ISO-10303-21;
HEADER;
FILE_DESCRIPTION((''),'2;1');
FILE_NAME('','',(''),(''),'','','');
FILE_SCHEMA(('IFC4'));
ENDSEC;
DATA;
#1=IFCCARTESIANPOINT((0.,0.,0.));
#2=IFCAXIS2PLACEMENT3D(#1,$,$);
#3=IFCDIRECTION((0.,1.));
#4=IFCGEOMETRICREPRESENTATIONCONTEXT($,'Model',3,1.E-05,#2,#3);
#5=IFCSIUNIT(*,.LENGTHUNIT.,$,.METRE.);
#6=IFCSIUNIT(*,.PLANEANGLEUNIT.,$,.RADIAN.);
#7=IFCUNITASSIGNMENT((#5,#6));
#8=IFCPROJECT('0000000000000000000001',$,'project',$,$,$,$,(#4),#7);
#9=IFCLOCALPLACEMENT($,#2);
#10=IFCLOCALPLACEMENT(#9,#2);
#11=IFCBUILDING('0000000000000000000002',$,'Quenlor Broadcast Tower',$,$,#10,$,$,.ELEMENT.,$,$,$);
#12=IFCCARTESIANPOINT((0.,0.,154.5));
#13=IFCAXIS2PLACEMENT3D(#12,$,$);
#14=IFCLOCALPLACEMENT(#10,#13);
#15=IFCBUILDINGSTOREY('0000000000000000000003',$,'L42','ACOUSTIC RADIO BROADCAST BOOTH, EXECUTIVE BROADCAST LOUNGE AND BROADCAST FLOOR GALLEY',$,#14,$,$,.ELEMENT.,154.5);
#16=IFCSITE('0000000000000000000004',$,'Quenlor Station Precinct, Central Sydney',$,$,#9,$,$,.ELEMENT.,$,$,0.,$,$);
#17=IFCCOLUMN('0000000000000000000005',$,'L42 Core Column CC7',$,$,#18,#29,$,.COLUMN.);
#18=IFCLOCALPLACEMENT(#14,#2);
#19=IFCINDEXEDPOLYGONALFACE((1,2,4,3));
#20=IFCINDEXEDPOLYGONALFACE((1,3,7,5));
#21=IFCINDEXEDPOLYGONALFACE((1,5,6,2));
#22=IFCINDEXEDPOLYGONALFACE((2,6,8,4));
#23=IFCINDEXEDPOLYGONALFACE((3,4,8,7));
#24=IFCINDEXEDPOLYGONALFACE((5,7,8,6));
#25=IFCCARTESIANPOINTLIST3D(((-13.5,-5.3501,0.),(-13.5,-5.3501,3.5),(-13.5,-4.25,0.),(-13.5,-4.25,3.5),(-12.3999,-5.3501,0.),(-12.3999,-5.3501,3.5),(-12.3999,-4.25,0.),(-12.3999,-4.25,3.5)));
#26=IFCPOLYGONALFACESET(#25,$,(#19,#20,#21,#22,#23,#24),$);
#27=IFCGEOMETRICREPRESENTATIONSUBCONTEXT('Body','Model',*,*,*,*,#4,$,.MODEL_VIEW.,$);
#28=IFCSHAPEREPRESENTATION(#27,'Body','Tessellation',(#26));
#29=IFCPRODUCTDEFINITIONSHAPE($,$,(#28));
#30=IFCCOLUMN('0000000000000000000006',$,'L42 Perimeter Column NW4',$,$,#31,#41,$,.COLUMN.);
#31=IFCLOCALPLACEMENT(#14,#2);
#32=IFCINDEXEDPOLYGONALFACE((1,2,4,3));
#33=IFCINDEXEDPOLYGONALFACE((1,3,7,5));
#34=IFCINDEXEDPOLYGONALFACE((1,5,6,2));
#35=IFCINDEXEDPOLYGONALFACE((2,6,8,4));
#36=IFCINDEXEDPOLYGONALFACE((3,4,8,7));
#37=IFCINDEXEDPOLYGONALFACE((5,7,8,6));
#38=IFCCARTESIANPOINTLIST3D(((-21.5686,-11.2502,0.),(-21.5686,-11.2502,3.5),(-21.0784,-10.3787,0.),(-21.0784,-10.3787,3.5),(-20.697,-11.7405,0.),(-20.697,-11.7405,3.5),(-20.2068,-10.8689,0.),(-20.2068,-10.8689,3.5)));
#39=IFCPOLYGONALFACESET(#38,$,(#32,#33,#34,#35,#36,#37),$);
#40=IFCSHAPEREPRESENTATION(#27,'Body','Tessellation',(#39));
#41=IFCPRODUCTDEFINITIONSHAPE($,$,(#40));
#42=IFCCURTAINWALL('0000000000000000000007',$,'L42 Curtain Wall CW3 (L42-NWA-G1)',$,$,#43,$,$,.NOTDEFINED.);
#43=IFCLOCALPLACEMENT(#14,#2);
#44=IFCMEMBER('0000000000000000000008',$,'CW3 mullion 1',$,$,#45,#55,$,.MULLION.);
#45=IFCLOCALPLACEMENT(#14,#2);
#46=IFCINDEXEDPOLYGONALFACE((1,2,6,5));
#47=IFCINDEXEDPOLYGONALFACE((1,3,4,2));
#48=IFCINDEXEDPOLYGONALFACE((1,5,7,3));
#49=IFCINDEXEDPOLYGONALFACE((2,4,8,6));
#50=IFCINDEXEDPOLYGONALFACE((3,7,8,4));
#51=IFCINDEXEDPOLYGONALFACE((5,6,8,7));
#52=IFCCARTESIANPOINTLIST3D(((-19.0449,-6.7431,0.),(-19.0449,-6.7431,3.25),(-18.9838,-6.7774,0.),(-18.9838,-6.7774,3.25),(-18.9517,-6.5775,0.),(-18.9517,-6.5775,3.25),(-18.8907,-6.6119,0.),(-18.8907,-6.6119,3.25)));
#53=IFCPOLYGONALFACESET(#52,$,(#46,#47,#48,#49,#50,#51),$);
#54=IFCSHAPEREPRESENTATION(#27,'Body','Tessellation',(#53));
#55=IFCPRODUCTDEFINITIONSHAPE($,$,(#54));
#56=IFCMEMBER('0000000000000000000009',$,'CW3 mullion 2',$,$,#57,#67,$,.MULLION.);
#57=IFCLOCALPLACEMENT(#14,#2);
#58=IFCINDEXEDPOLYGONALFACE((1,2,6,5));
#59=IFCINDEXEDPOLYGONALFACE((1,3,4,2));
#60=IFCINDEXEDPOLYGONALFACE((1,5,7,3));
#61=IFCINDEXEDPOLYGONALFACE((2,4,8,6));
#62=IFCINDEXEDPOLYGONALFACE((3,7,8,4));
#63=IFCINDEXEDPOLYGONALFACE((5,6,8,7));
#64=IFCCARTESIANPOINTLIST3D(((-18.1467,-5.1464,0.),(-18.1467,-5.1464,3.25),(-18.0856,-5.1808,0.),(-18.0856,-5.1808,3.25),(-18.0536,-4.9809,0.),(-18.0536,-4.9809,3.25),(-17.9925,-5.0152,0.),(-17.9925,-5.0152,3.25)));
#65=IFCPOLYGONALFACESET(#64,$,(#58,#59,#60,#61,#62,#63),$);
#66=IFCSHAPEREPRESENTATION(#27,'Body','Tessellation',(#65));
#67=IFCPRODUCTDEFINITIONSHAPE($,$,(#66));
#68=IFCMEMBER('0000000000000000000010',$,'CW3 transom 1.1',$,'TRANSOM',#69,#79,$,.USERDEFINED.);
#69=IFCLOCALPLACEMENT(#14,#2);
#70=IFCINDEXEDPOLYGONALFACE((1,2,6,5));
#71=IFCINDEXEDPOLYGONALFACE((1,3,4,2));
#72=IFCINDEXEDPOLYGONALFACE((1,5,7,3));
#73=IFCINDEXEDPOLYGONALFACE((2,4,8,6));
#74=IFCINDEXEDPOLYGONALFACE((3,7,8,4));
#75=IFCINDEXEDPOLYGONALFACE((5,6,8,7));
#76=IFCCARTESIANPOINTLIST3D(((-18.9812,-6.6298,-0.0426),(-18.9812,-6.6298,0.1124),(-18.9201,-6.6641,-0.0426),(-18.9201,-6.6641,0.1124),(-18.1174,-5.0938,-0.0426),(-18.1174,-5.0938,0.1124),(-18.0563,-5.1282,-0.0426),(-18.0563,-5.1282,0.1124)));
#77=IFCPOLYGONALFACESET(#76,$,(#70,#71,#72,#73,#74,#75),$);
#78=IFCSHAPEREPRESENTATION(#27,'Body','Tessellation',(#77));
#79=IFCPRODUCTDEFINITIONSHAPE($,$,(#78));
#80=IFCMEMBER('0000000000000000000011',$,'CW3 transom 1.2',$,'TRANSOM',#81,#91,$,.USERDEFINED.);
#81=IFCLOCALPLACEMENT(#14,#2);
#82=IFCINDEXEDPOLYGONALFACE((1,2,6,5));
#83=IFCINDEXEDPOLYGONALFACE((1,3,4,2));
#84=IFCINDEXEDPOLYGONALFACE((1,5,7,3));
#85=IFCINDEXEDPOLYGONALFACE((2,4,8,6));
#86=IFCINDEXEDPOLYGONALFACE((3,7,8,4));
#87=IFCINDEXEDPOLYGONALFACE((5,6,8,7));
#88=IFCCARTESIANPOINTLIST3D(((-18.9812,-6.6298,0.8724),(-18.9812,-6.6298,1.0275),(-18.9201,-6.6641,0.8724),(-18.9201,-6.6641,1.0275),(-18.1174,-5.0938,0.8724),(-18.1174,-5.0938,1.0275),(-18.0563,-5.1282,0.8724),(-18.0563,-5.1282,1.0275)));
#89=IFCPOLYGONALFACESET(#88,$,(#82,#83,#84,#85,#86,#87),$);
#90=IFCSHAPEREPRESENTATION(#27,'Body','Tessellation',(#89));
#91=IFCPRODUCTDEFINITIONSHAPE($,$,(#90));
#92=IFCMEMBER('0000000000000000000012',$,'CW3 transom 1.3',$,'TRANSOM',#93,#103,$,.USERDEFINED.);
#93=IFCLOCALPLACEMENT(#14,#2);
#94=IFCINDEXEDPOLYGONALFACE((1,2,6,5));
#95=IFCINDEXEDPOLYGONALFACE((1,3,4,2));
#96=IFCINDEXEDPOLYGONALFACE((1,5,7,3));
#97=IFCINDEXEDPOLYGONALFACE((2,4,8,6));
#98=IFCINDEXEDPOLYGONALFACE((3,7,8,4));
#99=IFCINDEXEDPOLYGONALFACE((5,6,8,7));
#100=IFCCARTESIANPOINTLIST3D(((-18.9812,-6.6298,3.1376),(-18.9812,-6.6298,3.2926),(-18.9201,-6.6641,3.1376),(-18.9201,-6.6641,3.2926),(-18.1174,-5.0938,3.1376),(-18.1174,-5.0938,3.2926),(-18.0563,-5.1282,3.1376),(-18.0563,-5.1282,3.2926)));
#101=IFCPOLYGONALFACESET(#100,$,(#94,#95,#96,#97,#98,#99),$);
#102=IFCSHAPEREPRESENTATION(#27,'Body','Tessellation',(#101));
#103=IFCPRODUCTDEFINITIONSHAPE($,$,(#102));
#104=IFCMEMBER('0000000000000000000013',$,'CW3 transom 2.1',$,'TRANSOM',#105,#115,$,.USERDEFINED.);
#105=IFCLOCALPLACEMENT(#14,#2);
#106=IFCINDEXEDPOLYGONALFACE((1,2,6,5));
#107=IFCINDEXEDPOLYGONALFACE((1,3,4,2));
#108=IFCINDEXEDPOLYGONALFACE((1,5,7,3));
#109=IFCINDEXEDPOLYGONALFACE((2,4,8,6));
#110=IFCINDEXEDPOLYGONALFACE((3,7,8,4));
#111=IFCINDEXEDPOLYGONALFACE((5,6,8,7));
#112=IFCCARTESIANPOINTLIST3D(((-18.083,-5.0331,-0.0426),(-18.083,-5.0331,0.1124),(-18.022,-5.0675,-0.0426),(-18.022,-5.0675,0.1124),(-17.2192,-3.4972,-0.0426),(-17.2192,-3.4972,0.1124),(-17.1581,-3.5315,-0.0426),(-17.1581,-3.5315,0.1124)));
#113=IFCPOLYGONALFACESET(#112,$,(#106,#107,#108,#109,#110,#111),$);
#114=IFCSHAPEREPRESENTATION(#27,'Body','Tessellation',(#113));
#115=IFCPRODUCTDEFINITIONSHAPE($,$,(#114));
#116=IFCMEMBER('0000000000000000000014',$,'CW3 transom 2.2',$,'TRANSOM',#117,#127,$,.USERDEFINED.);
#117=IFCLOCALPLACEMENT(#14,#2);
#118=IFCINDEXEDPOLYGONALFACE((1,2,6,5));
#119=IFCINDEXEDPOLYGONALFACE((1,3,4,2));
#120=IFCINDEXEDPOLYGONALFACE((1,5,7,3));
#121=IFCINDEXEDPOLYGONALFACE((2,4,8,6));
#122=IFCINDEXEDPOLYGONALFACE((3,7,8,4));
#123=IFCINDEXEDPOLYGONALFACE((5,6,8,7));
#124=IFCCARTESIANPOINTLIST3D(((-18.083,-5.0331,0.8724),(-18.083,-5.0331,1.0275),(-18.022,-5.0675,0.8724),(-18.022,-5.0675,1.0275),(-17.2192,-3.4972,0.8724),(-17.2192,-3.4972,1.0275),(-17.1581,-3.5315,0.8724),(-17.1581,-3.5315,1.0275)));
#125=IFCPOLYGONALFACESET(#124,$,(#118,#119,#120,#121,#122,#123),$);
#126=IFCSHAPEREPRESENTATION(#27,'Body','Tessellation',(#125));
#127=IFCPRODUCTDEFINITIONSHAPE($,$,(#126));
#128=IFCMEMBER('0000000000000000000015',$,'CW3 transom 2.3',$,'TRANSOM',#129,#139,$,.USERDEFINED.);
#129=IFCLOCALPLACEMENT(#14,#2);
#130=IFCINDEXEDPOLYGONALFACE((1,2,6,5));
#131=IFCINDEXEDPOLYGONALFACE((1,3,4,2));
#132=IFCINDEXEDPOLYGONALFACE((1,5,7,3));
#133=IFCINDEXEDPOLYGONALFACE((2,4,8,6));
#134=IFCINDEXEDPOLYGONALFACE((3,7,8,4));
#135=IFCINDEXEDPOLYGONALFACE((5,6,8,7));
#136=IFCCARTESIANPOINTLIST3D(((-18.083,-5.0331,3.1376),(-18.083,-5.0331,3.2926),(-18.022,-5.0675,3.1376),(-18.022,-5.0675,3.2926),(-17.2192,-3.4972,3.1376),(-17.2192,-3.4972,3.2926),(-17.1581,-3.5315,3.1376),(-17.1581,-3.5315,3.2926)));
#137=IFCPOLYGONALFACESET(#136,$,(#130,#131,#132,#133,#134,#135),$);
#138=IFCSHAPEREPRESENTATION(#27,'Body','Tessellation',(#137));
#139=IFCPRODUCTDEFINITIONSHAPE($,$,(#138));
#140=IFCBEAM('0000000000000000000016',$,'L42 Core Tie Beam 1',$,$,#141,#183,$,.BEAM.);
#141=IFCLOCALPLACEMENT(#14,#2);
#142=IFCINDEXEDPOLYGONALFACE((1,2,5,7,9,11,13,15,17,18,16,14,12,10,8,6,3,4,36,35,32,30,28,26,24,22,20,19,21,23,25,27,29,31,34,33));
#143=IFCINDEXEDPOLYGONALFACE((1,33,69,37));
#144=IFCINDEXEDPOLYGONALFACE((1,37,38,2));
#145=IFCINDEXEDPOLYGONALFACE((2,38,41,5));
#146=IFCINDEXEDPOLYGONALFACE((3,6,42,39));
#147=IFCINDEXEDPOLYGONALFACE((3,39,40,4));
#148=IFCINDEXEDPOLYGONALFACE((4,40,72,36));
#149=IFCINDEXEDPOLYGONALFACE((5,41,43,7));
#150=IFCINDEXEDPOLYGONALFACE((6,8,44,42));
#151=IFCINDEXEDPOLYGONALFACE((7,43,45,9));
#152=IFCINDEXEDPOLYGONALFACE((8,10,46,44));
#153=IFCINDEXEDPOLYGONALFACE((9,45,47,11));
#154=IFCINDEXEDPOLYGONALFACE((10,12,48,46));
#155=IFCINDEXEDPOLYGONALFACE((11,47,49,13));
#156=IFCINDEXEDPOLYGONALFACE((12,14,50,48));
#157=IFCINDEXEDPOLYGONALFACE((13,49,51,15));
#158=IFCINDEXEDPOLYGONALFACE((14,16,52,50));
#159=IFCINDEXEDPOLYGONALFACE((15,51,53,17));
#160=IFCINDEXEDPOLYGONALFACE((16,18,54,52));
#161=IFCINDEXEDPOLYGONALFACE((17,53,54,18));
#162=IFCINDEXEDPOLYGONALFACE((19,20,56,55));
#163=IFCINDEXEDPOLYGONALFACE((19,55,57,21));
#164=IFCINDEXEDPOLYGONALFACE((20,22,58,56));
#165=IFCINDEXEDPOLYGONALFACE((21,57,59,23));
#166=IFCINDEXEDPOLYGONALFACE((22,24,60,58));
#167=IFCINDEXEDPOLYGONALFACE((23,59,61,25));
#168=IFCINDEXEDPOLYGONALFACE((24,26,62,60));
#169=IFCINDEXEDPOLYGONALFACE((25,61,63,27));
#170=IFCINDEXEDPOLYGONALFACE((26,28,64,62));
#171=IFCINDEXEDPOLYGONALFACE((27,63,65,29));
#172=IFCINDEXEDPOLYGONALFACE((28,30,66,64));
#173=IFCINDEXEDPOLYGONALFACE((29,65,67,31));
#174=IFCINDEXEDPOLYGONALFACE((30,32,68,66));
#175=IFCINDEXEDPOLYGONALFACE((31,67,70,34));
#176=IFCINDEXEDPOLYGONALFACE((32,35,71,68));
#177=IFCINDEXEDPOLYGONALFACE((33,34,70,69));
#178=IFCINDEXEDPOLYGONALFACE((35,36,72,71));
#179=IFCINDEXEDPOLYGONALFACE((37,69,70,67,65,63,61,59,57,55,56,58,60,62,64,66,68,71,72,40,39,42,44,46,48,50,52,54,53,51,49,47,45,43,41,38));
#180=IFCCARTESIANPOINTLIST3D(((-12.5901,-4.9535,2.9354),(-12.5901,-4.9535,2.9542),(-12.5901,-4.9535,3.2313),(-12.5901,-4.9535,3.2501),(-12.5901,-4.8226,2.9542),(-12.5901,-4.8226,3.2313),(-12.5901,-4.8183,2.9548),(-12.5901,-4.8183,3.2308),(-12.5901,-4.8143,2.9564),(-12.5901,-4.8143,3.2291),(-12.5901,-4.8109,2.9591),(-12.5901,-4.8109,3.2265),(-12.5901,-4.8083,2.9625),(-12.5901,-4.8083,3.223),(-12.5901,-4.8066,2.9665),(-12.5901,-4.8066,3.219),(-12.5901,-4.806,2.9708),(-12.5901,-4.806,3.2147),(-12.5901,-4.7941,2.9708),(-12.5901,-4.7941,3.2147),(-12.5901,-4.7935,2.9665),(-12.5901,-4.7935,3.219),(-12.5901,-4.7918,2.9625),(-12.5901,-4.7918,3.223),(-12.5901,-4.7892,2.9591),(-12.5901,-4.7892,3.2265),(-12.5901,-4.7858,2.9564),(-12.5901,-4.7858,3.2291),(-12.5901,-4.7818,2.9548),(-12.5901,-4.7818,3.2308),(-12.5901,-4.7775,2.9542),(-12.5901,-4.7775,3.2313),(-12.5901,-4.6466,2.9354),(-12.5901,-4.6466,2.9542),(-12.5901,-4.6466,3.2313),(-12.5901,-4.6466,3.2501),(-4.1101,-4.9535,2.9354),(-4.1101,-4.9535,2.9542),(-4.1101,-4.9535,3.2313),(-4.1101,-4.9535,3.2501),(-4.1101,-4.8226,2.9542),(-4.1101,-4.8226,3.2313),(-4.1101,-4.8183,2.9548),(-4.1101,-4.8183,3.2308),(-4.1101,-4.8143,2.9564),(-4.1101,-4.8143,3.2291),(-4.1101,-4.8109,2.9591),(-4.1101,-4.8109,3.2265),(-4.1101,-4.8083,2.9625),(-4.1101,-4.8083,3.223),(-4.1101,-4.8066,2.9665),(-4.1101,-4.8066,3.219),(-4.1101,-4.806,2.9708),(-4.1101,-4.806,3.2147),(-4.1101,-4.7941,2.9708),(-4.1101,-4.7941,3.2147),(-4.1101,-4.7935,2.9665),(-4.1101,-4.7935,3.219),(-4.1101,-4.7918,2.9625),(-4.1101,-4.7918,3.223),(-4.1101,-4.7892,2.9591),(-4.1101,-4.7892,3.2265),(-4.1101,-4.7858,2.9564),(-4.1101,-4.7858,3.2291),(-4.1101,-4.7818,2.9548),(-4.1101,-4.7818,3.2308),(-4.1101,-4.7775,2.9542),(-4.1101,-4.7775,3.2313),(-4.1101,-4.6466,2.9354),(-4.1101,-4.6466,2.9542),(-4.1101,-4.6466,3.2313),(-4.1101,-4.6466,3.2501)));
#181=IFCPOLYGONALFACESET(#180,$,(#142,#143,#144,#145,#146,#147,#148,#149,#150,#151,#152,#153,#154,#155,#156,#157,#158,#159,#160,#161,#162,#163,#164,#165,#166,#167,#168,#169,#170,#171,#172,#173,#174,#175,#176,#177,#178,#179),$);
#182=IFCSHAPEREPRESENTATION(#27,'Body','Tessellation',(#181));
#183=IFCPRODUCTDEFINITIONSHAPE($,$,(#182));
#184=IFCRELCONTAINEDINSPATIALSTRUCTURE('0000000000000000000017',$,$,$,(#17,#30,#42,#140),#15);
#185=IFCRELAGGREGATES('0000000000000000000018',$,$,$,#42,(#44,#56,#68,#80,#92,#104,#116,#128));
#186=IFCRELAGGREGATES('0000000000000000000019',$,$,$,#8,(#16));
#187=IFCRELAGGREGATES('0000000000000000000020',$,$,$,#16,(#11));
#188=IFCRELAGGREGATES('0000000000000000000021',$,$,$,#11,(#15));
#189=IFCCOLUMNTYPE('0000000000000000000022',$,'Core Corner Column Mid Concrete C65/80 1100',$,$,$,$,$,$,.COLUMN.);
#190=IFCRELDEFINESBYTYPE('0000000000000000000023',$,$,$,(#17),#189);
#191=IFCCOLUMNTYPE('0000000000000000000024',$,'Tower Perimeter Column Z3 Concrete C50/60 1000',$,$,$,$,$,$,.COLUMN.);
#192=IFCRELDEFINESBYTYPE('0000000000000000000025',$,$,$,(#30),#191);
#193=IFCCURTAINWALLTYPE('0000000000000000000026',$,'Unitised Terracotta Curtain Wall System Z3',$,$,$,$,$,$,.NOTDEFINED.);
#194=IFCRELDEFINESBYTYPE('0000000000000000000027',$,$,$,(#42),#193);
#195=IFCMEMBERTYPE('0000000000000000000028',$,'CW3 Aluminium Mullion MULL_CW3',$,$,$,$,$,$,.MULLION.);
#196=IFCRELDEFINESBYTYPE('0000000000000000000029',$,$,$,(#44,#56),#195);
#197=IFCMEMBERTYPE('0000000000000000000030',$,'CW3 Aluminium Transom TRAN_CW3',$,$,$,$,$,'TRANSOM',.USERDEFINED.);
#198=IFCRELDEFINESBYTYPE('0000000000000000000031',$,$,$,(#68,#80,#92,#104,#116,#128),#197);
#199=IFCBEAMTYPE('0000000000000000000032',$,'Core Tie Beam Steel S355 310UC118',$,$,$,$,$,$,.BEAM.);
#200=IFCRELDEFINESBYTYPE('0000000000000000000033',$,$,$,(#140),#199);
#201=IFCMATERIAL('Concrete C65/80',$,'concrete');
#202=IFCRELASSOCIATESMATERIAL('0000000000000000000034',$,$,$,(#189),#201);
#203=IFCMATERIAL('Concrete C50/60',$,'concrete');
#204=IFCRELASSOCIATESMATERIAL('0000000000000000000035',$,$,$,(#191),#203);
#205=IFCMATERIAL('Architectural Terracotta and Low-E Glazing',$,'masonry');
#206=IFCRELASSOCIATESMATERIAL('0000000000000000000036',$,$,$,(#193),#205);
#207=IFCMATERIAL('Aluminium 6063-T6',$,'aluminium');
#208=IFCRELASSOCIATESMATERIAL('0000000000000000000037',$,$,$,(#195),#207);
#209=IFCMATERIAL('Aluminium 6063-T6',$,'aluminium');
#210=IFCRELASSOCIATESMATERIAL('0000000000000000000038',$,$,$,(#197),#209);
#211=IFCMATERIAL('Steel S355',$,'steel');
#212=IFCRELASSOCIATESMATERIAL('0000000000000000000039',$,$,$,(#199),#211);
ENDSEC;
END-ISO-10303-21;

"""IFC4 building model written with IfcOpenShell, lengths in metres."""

from ifc_helpers import new_model, si_unit, direction, frame, origin, origin_2d, place, context, subcontext, project, spatial, rectangle, i_section, extrude, material, material_profile, profile_set, type_object, element, aggregate, save


model = new_model("IFC4")

# Units and contexts
model_context = context("Model", 3, precision=1e-05, world=origin(), true_north=direction((0.0, 1.0)))
body_context = subcontext(model_context, "Body", "Model", "MODEL_VIEW")
ifc_project = project(units=[si_unit("LENGTHUNIT", "METRE"), si_unit("PLANEANGLEUNIT", "RADIAN")], contexts=[model_context])

# Site, building, storey
site_placement = place(None, origin())
site = spatial("IfcSite", under=ifc_project, at=site_placement, Name="Quenlor Station Precinct, Central Sydney", CompositionType="ELEMENT", RefElevation=0.0)
building_placement = place(site_placement, origin())
building = spatial("IfcBuilding", under=site, at=building_placement, Name="Quenlor Broadcast Tower", CompositionType="ELEMENT")
storey_placement = place(building_placement, frame((0.0, 0.0, 154.5)))
storey = spatial("IfcBuildingStorey", under=building, at=storey_placement, Name="L42", Description="ACOUSTIC RADIO BROADCAST BOOTH, EXECUTIVE BROADCAST LOUNGE AND BROADCAST FLOOR GALLEY", CompositionType="ELEMENT", Elevation=154.5)

# Columns
ifc_material_1 = material(Name="Concrete C65/80", Category="concrete")
ifc_material_profile_1 = material_profile(ifc_material_1, rectangle(XDim=1.1001, YDim=1.1001, at=origin_2d()))
ifc_profile_set_1 = profile_set([ifc_material_profile_1], Name="Concrete C65/80 RC1100x1100")
column_type_1 = type_object("IfcColumnType", Name="Core Corner Column Mid Concrete C65/80 1100", PredefinedType="COLUMN", material=ifc_profile_set_1)
column_1_placement = place(storey_placement, frame((-12.95, -4.8, 0.0), z_axis=(0.0, 0.0, 1.0), x_axis=(1.0, 0.0, 0.0)))
element("IfcColumn", 1, at=column_1_placement, inside=storey, type_object=column_type_1, Name="L42 Core Column CC7", PredefinedType="COLUMN", context=body_context, shape_type="SweptSolid", body=[
    extrude(rectangle(XDim=1.1001, YDim=1.1001, at=origin_2d()), origin(), (0.0, 0.0, 1.0), 3.5),
])
ifc_material_2 = material(Name="Concrete C50/60", Category="concrete")
ifc_material_profile_2 = material_profile(ifc_material_2, rectangle(XDim=1.0, YDim=1.0, at=origin_2d()))
ifc_profile_set_2 = profile_set([ifc_material_profile_2], Name="Concrete C50/60 RC1000x1000")
column_type_2 = type_object("IfcColumnType", Name="Tower Perimeter Column Z3 Concrete C50/60 1000", PredefinedType="COLUMN", material=ifc_profile_set_2)
column_2_placement = place(storey_placement, frame((-20.8877, -11.0596, 0.0), z_axis=(0.0, 0.0, 1.0), x_axis=(-0.871575, 0.490262, 0.0)))
element("IfcColumn", 2, at=column_2_placement, inside=storey, type_object=column_type_2, Name="L42 Perimeter Column NW4", PredefinedType="COLUMN", context=body_context, shape_type="SweptSolid", body=[
    extrude(rectangle(XDim=1.0, YDim=1.0, at=origin_2d()), origin(), (0.0, 0.0, 1.0), 3.5),
])

# Curtain wall, members
ifc_material_3 = material(Name="Architectural Terracotta and Low-E Glazing", Category="masonry")
curtain_wall_type = type_object("IfcCurtainWallType", Name="Unitised Terracotta Curtain Wall System Z3", PredefinedType="NOTDEFINED", material=ifc_material_3)
curtain_wall_placement = place(storey_placement, origin())
curtain_wall = element("IfcCurtainWall", 3, at=curtain_wall_placement, inside=storey, type_object=curtain_wall_type, Name="L42 Curtain Wall CW3 (L42-NWA-G1)", PredefinedType="NOTDEFINED")
ifc_material_4 = material(Name="Aluminium 6063-T6", Category="aluminium")
ifc_material_profile_3 = material_profile(ifc_material_4, rectangle(XDim=0.0701, YDim=0.1899, at=origin_2d()))
ifc_profile_set_3 = profile_set([ifc_material_profile_3], Name="Aluminium 6063-T6 MULL70x190")
member_type_1 = type_object("IfcMemberType", Name="CW3 Aluminium Mullion MULL_CW3", PredefinedType="MULLION", material=ifc_profile_set_3)
member_1_placement = place(storey_placement, frame((-18.9678, -6.6775, 0.0), z_axis=(0.0, 0.0, 1.0), x_axis=(-0.871577, 0.490259, 0.0)))
member_1 = element("IfcMember", 4, at=member_1_placement, type_object=member_type_1, Name="CW3 mullion 1", PredefinedType="MULLION", context=body_context, shape_type="SweptSolid", body=[
    extrude(rectangle(XDim=0.0701, YDim=0.1899, at=origin_2d()), origin(), (0.0, 0.0, 1.0), 3.25),
])
member_2_placement = place(storey_placement, frame((-18.0696, -5.0808, 0.0), z_axis=(0.0, 0.0, 1.0), x_axis=(-0.871577, 0.490259, 0.0)))
member_2 = element("IfcMember", 5, at=member_2_placement, type_object=member_type_1, Name="CW3 mullion 2", PredefinedType="MULLION", context=body_context, shape_type="SweptSolid", body=[
    extrude(rectangle(XDim=0.0701, YDim=0.1899, at=origin_2d()), origin(), (0.0, 0.0, 1.0), 3.25),
])
ifc_material_5 = material(Name="Aluminium 6063-T6", Category="aluminium")
ifc_material_profile_4 = material_profile(ifc_material_5, rectangle(XDim=0.0701, YDim=0.155, at=origin_2d()))
ifc_profile_set_4 = profile_set([ifc_material_profile_4], Name="Aluminium 6063-T6 TRAN70x155")
member_type_2 = type_object("IfcMemberType", Name="CW3 Aluminium Transom TRAN_CW3", ElementType="TRANSOM", PredefinedType="USERDEFINED", material=ifc_profile_set_4)
member_3_placement = place(storey_placement, frame((-18.9507, -6.647, 0.0349), z_axis=(0.490189, 0.871616, 0.0), x_axis=(-0.871616, 0.490189, 0.0)))
member_3 = element("IfcMember", 6, at=member_3_placement, type_object=member_type_2, Name="CW3 transom 1.1", ObjectType="TRANSOM", PredefinedType="USERDEFINED", context=body_context, shape_type="SweptSolid", body=[
    extrude(rectangle(XDim=0.0701, YDim=0.155, at=origin_2d()), origin(), (0.0, 0.0, 1.0), 1.7622),
])
member_4_placement = place(storey_placement, frame((-18.9507, -6.647, 0.95), z_axis=(0.490189, 0.871616, 0.0), x_axis=(-0.871616, 0.490189, 0.0)))
member_4 = element("IfcMember", 7, at=member_4_placement, type_object=member_type_2, Name="CW3 transom 1.2", ObjectType="TRANSOM", PredefinedType="USERDEFINED", context=body_context, shape_type="SweptSolid", body=[
    extrude(rectangle(XDim=0.0701, YDim=0.155, at=origin_2d()), origin(), (0.0, 0.0, 1.0), 1.7622),
])
member_5_placement = place(storey_placement, frame((-18.9507, -6.647, 3.2151), z_axis=(0.490189, 0.871616, 0.0), x_axis=(-0.871616, 0.490189, 0.0)))
member_5 = element("IfcMember", 8, at=member_5_placement, type_object=member_type_2, Name="CW3 transom 1.3", ObjectType="TRANSOM", PredefinedType="USERDEFINED", context=body_context, shape_type="SweptSolid", body=[
    extrude(rectangle(XDim=0.0701, YDim=0.155, at=origin_2d()), origin(), (0.0, 0.0, 1.0), 1.7622),
])
member_6_placement = place(storey_placement, frame((-18.0525, -5.0503, 0.0349), z_axis=(0.490189, 0.871616, 0.0), x_axis=(-0.871616, 0.490189, 0.0)))
member_6 = element("IfcMember", 9, at=member_6_placement, type_object=member_type_2, Name="CW3 transom 2.1", ObjectType="TRANSOM", PredefinedType="USERDEFINED", context=body_context, shape_type="SweptSolid", body=[
    extrude(rectangle(XDim=0.0701, YDim=0.155, at=origin_2d()), origin(), (0.0, 0.0, 1.0), 1.7622),
])
member_7_placement = place(storey_placement, frame((-18.0525, -5.0503, 0.95), z_axis=(0.490189, 0.871616, 0.0), x_axis=(-0.871616, 0.490189, 0.0)))
member_7 = element("IfcMember", 10, at=member_7_placement, type_object=member_type_2, Name="CW3 transom 2.2", ObjectType="TRANSOM", PredefinedType="USERDEFINED", context=body_context, shape_type="SweptSolid", body=[
    extrude(rectangle(XDim=0.0701, YDim=0.155, at=origin_2d()), origin(), (0.0, 0.0, 1.0), 1.7622),
])
member_8_placement = place(storey_placement, frame((-18.0525, -5.0503, 3.2151), z_axis=(0.490189, 0.871616, 0.0), x_axis=(-0.871616, 0.490189, 0.0)))
member_8 = element("IfcMember", 11, at=member_8_placement, type_object=member_type_2, Name="CW3 transom 2.3", ObjectType="TRANSOM", PredefinedType="USERDEFINED", context=body_context, shape_type="SweptSolid", body=[
    extrude(rectangle(XDim=0.0701, YDim=0.155, at=origin_2d()), origin(), (0.0, 0.0, 1.0), 1.7622),
])

# Beam
ifc_material_6 = material(Name="Steel S355", Category="steel")
ifc_material_profile_5 = material_profile(ifc_material_6, i_section(OverallWidth=0.3069, OverallDepth=0.3147, WebThickness=0.012, FlangeThickness=0.0188, FilletRadius=0.0166, at=origin_2d()))
ifc_profile_set_5 = profile_set([ifc_material_profile_5], Name="Steel S355 310UC118")
beam_type_1 = type_object("IfcBeamType", Name="Core Tie Beam Steel S355 310UC118", PredefinedType="BEAM", material=ifc_profile_set_5)
beam_1_placement = place(storey_placement, frame((-12.5901, -4.8, 3.0928), z_axis=(1.0, 0.0, 0.0), x_axis=(0.0, 1.0, 0.0)))
element("IfcBeam", 12, at=beam_1_placement, inside=storey, type_object=beam_type_1, Name="L42 Core Tie Beam 1", PredefinedType="BEAM", context=body_context, shape_type="SweptSolid", body=[
    extrude(i_section(OverallWidth=0.3069, OverallDepth=0.3147, WebThickness=0.012, FlangeThickness=0.0188, FilletRadius=0.0166, at=origin_2d()), origin(), (0.0, 0.0, 1.0), 8.48),
])

aggregate(curtain_wall, [member_1, member_2, member_3, member_4, member_5, member_6, member_7, member_8])

save(model, "model.ifc")
